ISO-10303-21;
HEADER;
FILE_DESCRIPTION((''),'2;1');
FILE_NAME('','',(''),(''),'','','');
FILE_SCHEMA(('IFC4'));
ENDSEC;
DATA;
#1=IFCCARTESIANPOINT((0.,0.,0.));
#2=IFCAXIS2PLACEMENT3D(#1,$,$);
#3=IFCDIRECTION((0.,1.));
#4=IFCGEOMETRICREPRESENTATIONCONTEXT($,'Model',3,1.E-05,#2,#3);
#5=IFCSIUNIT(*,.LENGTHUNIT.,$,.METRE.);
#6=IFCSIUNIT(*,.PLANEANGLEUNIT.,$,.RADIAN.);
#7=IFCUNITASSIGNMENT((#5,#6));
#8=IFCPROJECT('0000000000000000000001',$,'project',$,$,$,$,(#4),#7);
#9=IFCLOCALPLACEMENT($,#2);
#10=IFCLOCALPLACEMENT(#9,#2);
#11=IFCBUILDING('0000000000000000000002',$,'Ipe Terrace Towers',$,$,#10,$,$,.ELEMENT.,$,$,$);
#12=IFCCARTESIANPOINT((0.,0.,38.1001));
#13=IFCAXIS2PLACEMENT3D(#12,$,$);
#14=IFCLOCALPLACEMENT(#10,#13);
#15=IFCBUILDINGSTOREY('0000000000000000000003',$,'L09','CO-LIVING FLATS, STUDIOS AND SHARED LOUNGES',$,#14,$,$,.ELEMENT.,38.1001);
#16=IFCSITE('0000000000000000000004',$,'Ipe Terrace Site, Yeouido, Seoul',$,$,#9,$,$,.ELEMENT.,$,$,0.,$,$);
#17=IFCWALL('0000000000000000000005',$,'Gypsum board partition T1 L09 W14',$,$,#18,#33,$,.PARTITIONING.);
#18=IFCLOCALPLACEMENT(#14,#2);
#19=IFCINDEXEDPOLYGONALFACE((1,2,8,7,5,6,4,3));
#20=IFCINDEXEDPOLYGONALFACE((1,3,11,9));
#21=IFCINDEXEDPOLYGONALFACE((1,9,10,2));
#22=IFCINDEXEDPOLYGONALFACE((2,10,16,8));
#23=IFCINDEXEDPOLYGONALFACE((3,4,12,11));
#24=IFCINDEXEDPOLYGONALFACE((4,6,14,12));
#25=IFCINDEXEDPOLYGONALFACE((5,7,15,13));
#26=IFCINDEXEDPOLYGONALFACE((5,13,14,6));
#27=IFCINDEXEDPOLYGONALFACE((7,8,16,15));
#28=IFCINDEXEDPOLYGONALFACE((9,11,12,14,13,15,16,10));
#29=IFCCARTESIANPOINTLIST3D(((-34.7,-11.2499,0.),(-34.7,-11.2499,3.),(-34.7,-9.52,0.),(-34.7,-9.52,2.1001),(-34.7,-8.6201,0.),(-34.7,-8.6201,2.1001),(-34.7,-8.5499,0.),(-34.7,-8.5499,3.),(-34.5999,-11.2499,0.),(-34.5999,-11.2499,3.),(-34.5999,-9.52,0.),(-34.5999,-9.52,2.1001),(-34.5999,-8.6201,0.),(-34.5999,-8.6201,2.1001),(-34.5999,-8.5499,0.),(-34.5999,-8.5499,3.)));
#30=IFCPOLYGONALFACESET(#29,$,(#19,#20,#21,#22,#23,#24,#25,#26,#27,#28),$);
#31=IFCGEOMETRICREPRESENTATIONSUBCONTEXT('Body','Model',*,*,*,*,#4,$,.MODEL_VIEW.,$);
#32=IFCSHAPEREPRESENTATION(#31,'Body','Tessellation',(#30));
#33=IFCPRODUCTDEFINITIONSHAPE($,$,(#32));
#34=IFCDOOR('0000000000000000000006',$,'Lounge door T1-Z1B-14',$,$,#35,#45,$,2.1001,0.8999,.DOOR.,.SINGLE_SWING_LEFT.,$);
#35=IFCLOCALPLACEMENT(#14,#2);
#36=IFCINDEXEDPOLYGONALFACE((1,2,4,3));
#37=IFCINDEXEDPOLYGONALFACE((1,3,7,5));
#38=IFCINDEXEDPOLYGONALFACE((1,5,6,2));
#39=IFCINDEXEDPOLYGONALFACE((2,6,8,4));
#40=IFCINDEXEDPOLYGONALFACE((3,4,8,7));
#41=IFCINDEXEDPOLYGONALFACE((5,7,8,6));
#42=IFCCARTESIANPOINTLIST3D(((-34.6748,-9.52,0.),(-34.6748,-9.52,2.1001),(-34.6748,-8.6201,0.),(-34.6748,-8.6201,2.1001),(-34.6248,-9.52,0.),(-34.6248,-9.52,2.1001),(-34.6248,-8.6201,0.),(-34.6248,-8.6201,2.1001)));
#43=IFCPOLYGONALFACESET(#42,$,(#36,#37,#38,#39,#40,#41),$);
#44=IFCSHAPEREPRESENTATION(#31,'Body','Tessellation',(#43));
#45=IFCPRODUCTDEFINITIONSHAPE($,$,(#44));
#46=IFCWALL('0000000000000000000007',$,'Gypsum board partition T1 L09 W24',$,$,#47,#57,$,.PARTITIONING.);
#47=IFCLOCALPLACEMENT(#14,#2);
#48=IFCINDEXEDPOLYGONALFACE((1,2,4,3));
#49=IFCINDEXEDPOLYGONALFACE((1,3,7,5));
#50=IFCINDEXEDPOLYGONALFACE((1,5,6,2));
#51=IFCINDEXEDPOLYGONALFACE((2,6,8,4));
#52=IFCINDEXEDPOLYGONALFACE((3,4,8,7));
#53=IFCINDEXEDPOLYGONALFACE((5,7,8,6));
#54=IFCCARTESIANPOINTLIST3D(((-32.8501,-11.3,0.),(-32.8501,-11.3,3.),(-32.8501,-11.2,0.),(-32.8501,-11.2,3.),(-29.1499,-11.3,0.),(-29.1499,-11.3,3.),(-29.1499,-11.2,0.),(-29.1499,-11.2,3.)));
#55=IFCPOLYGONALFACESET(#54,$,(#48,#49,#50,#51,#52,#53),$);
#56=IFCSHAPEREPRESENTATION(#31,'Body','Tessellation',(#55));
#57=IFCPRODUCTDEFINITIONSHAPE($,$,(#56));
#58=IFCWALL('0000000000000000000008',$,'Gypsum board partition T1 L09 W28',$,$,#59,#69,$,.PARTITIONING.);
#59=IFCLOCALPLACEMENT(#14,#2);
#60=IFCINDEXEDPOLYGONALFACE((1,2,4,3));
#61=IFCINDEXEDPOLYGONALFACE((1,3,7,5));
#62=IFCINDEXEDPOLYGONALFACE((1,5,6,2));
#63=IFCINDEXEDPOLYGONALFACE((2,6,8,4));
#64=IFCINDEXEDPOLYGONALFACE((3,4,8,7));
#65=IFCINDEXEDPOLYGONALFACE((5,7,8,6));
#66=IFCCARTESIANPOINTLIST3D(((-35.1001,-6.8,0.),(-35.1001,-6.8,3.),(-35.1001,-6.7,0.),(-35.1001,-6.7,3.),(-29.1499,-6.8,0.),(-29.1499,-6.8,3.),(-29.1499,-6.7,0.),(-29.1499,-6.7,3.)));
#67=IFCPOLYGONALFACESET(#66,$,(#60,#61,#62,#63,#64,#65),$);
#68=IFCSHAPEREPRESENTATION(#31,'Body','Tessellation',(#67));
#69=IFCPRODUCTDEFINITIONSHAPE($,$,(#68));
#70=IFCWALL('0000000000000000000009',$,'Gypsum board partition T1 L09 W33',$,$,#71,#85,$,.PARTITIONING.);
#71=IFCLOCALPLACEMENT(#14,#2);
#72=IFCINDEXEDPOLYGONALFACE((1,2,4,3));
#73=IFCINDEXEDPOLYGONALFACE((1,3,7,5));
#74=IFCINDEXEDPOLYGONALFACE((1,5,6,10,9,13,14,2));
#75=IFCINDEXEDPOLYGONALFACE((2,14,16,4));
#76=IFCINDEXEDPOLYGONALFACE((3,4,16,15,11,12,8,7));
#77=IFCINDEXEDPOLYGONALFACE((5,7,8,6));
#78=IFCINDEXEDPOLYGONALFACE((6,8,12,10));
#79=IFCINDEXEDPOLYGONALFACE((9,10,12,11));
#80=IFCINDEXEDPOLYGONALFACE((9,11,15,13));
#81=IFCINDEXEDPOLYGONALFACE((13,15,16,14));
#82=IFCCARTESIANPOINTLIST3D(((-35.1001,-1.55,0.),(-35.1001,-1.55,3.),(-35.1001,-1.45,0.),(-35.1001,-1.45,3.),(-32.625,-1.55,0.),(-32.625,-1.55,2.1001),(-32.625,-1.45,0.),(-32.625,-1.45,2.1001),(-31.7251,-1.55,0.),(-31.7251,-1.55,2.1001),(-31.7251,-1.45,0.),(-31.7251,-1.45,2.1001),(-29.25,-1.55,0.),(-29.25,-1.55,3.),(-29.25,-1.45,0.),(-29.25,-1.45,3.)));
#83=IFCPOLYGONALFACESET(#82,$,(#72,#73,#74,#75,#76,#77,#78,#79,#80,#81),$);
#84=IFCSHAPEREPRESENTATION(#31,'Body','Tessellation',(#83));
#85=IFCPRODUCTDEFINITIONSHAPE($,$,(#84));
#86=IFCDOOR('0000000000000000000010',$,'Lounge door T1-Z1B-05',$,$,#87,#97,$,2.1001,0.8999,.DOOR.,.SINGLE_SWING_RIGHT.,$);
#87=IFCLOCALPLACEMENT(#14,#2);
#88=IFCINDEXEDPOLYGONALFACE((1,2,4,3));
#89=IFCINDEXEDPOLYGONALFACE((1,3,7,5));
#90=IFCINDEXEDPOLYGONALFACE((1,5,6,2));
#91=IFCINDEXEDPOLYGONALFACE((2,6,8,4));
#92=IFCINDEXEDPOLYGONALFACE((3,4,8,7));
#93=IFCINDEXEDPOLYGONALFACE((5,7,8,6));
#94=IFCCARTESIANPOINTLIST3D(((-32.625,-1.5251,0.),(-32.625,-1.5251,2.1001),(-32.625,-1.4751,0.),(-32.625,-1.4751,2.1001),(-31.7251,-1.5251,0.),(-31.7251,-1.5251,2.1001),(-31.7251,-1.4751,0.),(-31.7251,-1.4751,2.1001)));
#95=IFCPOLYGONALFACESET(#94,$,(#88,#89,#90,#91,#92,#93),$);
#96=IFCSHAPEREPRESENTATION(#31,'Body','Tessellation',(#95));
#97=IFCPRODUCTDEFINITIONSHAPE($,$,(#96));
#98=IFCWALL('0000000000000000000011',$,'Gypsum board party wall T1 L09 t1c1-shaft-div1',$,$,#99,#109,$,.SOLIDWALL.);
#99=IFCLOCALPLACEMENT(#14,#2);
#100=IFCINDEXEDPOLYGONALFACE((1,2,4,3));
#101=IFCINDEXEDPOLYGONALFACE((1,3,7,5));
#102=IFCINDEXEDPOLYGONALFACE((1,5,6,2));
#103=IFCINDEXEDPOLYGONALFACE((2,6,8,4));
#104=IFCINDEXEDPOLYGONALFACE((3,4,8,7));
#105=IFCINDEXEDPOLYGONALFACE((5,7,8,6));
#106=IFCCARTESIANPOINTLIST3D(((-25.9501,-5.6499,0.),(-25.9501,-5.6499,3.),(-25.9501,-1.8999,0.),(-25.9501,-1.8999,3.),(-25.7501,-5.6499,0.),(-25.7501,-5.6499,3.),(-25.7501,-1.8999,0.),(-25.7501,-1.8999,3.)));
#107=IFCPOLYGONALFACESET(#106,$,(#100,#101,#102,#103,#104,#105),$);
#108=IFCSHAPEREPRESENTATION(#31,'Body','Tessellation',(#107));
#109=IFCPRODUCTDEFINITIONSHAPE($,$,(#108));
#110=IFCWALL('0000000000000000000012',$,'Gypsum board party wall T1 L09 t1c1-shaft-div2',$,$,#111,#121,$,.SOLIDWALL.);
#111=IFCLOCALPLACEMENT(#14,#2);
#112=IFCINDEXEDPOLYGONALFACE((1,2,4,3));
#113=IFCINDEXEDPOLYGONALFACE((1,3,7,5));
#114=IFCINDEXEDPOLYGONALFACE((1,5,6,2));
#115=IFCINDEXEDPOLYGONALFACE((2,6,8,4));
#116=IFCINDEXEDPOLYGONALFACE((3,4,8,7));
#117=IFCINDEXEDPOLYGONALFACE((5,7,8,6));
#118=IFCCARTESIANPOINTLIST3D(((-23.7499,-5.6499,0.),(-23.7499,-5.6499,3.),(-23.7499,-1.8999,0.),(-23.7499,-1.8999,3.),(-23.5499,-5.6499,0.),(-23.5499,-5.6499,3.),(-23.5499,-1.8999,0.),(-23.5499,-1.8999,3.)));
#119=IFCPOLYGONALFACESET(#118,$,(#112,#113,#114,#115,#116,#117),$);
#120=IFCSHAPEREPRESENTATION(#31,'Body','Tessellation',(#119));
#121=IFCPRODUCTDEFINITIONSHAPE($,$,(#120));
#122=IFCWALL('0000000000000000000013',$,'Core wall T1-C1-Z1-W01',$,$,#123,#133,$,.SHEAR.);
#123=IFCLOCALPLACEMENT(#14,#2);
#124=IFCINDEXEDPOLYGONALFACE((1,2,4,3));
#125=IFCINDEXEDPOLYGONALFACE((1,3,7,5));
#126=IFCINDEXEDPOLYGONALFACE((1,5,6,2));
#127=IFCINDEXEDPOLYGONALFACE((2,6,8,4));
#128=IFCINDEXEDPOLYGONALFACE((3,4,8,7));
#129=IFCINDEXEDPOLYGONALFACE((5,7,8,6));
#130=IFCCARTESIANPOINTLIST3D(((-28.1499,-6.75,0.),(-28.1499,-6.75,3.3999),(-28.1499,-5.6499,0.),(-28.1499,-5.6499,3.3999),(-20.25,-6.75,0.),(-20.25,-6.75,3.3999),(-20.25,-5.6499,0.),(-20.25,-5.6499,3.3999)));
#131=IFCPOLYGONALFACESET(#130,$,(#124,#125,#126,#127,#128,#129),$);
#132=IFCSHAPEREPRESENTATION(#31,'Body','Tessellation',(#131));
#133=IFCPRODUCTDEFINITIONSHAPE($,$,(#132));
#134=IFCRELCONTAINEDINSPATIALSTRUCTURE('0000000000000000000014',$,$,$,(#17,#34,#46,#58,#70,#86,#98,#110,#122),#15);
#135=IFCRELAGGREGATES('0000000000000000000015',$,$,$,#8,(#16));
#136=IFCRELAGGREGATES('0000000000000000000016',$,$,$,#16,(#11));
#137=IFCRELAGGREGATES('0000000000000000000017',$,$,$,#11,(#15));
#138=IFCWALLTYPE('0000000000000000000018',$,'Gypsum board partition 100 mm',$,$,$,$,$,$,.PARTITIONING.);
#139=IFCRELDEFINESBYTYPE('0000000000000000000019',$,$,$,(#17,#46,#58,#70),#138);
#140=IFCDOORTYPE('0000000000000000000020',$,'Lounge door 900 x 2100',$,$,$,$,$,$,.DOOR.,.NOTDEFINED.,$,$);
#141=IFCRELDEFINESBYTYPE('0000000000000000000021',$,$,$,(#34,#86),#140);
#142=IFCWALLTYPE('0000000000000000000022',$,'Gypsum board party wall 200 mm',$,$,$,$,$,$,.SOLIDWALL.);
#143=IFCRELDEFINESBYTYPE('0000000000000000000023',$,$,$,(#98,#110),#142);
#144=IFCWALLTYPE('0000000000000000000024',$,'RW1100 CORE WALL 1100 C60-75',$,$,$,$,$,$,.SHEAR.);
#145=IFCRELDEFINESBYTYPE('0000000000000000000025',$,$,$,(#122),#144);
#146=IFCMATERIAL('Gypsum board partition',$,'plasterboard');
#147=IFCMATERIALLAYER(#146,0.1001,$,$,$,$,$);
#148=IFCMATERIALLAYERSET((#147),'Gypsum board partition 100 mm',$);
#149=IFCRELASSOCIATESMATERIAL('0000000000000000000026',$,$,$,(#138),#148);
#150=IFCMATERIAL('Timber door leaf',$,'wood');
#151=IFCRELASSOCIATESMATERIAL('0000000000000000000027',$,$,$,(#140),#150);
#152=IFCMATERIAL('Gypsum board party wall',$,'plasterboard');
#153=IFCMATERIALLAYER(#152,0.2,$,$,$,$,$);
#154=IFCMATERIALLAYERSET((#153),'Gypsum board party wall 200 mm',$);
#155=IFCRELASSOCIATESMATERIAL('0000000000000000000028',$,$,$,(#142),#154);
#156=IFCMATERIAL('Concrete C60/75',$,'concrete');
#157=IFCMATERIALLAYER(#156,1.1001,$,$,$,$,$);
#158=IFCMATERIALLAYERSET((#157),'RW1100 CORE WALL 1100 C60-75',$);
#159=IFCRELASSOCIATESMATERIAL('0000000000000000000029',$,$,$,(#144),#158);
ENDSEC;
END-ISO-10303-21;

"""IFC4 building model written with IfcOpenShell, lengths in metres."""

from ifc_helpers import new_model, si_unit, direction, frame, frame_2d, origin, place, context, subcontext, project, spatial, rectangle, extrude, material, layer, layer_set, type_object, element, fill, save


model = new_model("IFC4")

# Units and contexts
model_context = context("Model", 3, precision=1e-05, world=origin(), true_north=direction((0.0, 1.0)))
body_context = subcontext(model_context, "Body", "Model", "MODEL_VIEW")
ifc_project = project(units=[si_unit("LENGTHUNIT", "METRE"), si_unit("PLANEANGLEUNIT", "RADIAN")], contexts=[model_context])

# Site, building, storey
site_placement = place(None, origin())
site = spatial("IfcSite", under=ifc_project, at=site_placement, Name="Ipe Terrace Site, Yeouido, Seoul", CompositionType="ELEMENT", RefElevation=0.0)
building_placement = place(site_placement, origin())
building = spatial("IfcBuilding", under=site, at=building_placement, Name="Ipe Terrace Towers", CompositionType="ELEMENT")
storey_placement = place(building_placement, frame((0.0, 0.0, 38.1001)))
storey = spatial("IfcBuildingStorey", under=building, at=storey_placement, Name="L09", Description="CO-LIVING FLATS, STUDIOS AND SHARED LOUNGES", CompositionType="ELEMENT", Elevation=38.1001)

# Shared definitions
ifc_material_1 = material(Name="Gypsum board partition", Category="plasterboard")
ifc_layer_1 = layer(ifc_material_1, 0.1001)
ifc_layer_set_1 = layer_set([ifc_layer_1], Name="Gypsum board partition 100 mm")
wall_type_1 = type_object("IfcWallType", Name="Gypsum board partition 100 mm", PredefinedType="PARTITIONING", material=ifc_layer_set_1)

# Wall, opening, door
wall_1_placement = place(storey_placement, frame((-34.6499, -11.25, 0.0), z_axis=(0.0, 0.0, 1.0), x_axis=(0.0, 1.0, 0.0)))
wall_1 = element("IfcWall", 1, at=wall_1_placement, inside=storey, type_object=wall_type_1, Name="Gypsum board partition T1 L09 W14", PredefinedType="PARTITIONING", context=body_context, shape_type="SweptSolid", body=[
    extrude(rectangle(XDim=2.7, YDim=0.1001, at=frame_2d((1.3501, 0.0))), origin(), (0.0, 0.0, 1.0), 3.0),
])
opening_1_placement = place(wall_1_placement, frame((1.73, 0.0, 0.0)))
opening_1 = element("IfcOpeningElement", 2, at=opening_1_placement, cuts=wall_1, PredefinedType="OPENING", context=body_context, shape_type="SweptSolid", body=[
    extrude(rectangle(XDim=0.8999, YDim=2.1001, at=frame_2d((0.45, 1.05))), frame((0.0, 0.0601, 0.0), z_axis=(0.0, -1.0, 0.0), x_axis=(1.0, 0.0, 0.0)), (0.0, 0.0, 1.0), 0.1201),
])
ifc_material_2 = material(Name="Timber door leaf", Category="wood")
door_type_1 = type_object("IfcDoorType", Name="Lounge door 900 x 2100", OperationType="NOTDEFINED", PredefinedType="DOOR", material=ifc_material_2)
door_1_placement = place(opening_1_placement, origin())
door_1 = element("IfcDoor", 3, at=door_1_placement, inside=storey, type_object=door_type_1, Name="Lounge door T1-Z1B-14", OperationType="SINGLE_SWING_LEFT", OverallHeight=2.1001, OverallWidth=0.8999, PredefinedType="DOOR", context=body_context, shape_type="SweptSolid", body=[
    extrude(rectangle(XDim=0.8999, YDim=2.1001, at=frame_2d((0.45, 1.05))), frame((0.0, 0.0249, 0.0), z_axis=(0.0, -1.0, 0.0), x_axis=(1.0, 0.0, 0.0)), (0.0, 0.0, 1.0), 0.05),
])
fill(opening_1, door_1)

# Walls
wall_2_placement = place(storey_placement, frame((-32.8501, -11.25, 0.0), z_axis=(0.0, 0.0, 1.0), x_axis=(1.0, 0.0, 0.0)))
element("IfcWall", 4, at=wall_2_placement, inside=storey, type_object=wall_type_1, Name="Gypsum board partition T1 L09 W24", PredefinedType="PARTITIONING", context=body_context, shape_type="SweptSolid", body=[
    extrude(rectangle(XDim=3.7002, YDim=0.1001, at=frame_2d((1.8501, 0.0))), origin(), (0.0, 0.0, 1.0), 3.0),
])
wall_3_placement = place(storey_placement, frame((-35.1001, -6.75, 0.0), z_axis=(0.0, 0.0, 1.0), x_axis=(1.0, 0.0, 0.0)))
element("IfcWall", 5, at=wall_3_placement, inside=storey, type_object=wall_type_1, Name="Gypsum board partition T1 L09 W28", PredefinedType="PARTITIONING", context=body_context, shape_type="SweptSolid", body=[
    extrude(rectangle(XDim=5.9502, YDim=0.1001, at=frame_2d((2.9751, 0.0))), origin(), (0.0, 0.0, 1.0), 3.0),
])

# Wall, opening, door
wall_4_placement = place(storey_placement, frame((-35.1001, -1.5, 0.0), z_axis=(0.0, 0.0, 1.0), x_axis=(1.0, 0.0, 0.0)))
wall_4 = element("IfcWall", 6, at=wall_4_placement, inside=storey, type_object=wall_type_1, Name="Gypsum board partition T1 L09 W33", PredefinedType="PARTITIONING", context=body_context, shape_type="SweptSolid", body=[
    extrude(rectangle(XDim=5.8501, YDim=0.1001, at=frame_2d((2.925, 0.0))), origin(), (0.0, 0.0, 1.0), 3.0),
])
opening_2_placement = place(wall_4_placement, frame((2.4751, 0.0, 0.0)))
opening_2 = element("IfcOpeningElement", 7, at=opening_2_placement, cuts=wall_4, PredefinedType="OPENING", context=body_context, shape_type="SweptSolid", body=[
    extrude(rectangle(XDim=0.8999, YDim=2.1001, at=frame_2d((0.45, 1.05))), frame((0.0, 0.0601, 0.0), z_axis=(0.0, -1.0, 0.0), x_axis=(1.0, 0.0, 0.0)), (0.0, 0.0, 1.0), 0.1201),
])
door_2_placement = place(opening_2_placement, origin())
door_2 = element("IfcDoor", 8, at=door_2_placement, inside=storey, type_object=door_type_1, Name="Lounge door T1-Z1B-05", OperationType="SINGLE_SWING_RIGHT", OverallHeight=2.1001, OverallWidth=0.8999, PredefinedType="DOOR", context=body_context, shape_type="SweptSolid", body=[
    extrude(rectangle(XDim=0.8999, YDim=2.1001, at=frame_2d((0.45, 1.05))), frame((0.0, 0.0249, 0.0), z_axis=(0.0, -1.0, 0.0), x_axis=(1.0, 0.0, 0.0)), (0.0, 0.0, 1.0), 0.05),
])
fill(opening_2, door_2)

# Walls
ifc_material_3 = material(Name="Gypsum board party wall", Category="plasterboard")
ifc_layer_2 = layer(ifc_material_3, 0.2)
ifc_layer_set_2 = layer_set([ifc_layer_2], Name="Gypsum board party wall 200 mm")
wall_type_2 = type_object("IfcWallType", Name="Gypsum board party wall 200 mm", PredefinedType="SOLIDWALL", material=ifc_layer_set_2)
for number, where, z_axis, x_axis, name in (
    (9, (-25.8501, -5.6499, 0.0), (0.0, 0.0, 1.0), (0.0, 1.0, 0.0), "Gypsum board party wall T1 L09 t1c1-shaft-div1"),
    (10, (-23.6499, -5.6499, 0.0), (0.0, 0.0, 1.0), (0.0, 1.0, 0.0), "Gypsum board party wall T1 L09 t1c1-shaft-div2"),
):
    element("IfcWall", number, at=place(storey_placement, frame(where, z_axis=z_axis, x_axis=x_axis)), inside=storey, type_object=wall_type_2, Name=name, PredefinedType="SOLIDWALL", context=body_context, shape_type="SweptSolid", body=[
        extrude(rectangle(XDim=3.75, YDim=0.2, at=frame_2d((1.875, 0.0))), origin(), (0.0, 0.0, 1.0), 3.0),
    ])
ifc_material_4 = material(Name="Concrete C60/75", Category="concrete")
ifc_layer_3 = layer(ifc_material_4, 1.1001)
ifc_layer_set_3 = layer_set([ifc_layer_3], Name="RW1100 CORE WALL 1100 C60-75")
wall_type_3 = type_object("IfcWallType", Name="RW1100 CORE WALL 1100 C60-75", PredefinedType="SHEAR", material=ifc_layer_set_3)
wall_5_placement = place(storey_placement, frame((-28.1499, -6.2, 0.0), z_axis=(0.0, 0.0, 1.0), x_axis=(1.0, 0.0, 0.0)))
element("IfcWall", 11, at=wall_5_placement, inside=storey, type_object=wall_type_3, Name="Core wall T1-C1-Z1-W01", PredefinedType="SHEAR", context=body_context, shape_type="SweptSolid", body=[
    extrude(rectangle(XDim=7.8999, YDim=1.1001, at=frame_2d((3.95, 0.0))), origin(), (0.0, 0.0, 1.0), 3.3999),
])

save(model, "model.ifc")
